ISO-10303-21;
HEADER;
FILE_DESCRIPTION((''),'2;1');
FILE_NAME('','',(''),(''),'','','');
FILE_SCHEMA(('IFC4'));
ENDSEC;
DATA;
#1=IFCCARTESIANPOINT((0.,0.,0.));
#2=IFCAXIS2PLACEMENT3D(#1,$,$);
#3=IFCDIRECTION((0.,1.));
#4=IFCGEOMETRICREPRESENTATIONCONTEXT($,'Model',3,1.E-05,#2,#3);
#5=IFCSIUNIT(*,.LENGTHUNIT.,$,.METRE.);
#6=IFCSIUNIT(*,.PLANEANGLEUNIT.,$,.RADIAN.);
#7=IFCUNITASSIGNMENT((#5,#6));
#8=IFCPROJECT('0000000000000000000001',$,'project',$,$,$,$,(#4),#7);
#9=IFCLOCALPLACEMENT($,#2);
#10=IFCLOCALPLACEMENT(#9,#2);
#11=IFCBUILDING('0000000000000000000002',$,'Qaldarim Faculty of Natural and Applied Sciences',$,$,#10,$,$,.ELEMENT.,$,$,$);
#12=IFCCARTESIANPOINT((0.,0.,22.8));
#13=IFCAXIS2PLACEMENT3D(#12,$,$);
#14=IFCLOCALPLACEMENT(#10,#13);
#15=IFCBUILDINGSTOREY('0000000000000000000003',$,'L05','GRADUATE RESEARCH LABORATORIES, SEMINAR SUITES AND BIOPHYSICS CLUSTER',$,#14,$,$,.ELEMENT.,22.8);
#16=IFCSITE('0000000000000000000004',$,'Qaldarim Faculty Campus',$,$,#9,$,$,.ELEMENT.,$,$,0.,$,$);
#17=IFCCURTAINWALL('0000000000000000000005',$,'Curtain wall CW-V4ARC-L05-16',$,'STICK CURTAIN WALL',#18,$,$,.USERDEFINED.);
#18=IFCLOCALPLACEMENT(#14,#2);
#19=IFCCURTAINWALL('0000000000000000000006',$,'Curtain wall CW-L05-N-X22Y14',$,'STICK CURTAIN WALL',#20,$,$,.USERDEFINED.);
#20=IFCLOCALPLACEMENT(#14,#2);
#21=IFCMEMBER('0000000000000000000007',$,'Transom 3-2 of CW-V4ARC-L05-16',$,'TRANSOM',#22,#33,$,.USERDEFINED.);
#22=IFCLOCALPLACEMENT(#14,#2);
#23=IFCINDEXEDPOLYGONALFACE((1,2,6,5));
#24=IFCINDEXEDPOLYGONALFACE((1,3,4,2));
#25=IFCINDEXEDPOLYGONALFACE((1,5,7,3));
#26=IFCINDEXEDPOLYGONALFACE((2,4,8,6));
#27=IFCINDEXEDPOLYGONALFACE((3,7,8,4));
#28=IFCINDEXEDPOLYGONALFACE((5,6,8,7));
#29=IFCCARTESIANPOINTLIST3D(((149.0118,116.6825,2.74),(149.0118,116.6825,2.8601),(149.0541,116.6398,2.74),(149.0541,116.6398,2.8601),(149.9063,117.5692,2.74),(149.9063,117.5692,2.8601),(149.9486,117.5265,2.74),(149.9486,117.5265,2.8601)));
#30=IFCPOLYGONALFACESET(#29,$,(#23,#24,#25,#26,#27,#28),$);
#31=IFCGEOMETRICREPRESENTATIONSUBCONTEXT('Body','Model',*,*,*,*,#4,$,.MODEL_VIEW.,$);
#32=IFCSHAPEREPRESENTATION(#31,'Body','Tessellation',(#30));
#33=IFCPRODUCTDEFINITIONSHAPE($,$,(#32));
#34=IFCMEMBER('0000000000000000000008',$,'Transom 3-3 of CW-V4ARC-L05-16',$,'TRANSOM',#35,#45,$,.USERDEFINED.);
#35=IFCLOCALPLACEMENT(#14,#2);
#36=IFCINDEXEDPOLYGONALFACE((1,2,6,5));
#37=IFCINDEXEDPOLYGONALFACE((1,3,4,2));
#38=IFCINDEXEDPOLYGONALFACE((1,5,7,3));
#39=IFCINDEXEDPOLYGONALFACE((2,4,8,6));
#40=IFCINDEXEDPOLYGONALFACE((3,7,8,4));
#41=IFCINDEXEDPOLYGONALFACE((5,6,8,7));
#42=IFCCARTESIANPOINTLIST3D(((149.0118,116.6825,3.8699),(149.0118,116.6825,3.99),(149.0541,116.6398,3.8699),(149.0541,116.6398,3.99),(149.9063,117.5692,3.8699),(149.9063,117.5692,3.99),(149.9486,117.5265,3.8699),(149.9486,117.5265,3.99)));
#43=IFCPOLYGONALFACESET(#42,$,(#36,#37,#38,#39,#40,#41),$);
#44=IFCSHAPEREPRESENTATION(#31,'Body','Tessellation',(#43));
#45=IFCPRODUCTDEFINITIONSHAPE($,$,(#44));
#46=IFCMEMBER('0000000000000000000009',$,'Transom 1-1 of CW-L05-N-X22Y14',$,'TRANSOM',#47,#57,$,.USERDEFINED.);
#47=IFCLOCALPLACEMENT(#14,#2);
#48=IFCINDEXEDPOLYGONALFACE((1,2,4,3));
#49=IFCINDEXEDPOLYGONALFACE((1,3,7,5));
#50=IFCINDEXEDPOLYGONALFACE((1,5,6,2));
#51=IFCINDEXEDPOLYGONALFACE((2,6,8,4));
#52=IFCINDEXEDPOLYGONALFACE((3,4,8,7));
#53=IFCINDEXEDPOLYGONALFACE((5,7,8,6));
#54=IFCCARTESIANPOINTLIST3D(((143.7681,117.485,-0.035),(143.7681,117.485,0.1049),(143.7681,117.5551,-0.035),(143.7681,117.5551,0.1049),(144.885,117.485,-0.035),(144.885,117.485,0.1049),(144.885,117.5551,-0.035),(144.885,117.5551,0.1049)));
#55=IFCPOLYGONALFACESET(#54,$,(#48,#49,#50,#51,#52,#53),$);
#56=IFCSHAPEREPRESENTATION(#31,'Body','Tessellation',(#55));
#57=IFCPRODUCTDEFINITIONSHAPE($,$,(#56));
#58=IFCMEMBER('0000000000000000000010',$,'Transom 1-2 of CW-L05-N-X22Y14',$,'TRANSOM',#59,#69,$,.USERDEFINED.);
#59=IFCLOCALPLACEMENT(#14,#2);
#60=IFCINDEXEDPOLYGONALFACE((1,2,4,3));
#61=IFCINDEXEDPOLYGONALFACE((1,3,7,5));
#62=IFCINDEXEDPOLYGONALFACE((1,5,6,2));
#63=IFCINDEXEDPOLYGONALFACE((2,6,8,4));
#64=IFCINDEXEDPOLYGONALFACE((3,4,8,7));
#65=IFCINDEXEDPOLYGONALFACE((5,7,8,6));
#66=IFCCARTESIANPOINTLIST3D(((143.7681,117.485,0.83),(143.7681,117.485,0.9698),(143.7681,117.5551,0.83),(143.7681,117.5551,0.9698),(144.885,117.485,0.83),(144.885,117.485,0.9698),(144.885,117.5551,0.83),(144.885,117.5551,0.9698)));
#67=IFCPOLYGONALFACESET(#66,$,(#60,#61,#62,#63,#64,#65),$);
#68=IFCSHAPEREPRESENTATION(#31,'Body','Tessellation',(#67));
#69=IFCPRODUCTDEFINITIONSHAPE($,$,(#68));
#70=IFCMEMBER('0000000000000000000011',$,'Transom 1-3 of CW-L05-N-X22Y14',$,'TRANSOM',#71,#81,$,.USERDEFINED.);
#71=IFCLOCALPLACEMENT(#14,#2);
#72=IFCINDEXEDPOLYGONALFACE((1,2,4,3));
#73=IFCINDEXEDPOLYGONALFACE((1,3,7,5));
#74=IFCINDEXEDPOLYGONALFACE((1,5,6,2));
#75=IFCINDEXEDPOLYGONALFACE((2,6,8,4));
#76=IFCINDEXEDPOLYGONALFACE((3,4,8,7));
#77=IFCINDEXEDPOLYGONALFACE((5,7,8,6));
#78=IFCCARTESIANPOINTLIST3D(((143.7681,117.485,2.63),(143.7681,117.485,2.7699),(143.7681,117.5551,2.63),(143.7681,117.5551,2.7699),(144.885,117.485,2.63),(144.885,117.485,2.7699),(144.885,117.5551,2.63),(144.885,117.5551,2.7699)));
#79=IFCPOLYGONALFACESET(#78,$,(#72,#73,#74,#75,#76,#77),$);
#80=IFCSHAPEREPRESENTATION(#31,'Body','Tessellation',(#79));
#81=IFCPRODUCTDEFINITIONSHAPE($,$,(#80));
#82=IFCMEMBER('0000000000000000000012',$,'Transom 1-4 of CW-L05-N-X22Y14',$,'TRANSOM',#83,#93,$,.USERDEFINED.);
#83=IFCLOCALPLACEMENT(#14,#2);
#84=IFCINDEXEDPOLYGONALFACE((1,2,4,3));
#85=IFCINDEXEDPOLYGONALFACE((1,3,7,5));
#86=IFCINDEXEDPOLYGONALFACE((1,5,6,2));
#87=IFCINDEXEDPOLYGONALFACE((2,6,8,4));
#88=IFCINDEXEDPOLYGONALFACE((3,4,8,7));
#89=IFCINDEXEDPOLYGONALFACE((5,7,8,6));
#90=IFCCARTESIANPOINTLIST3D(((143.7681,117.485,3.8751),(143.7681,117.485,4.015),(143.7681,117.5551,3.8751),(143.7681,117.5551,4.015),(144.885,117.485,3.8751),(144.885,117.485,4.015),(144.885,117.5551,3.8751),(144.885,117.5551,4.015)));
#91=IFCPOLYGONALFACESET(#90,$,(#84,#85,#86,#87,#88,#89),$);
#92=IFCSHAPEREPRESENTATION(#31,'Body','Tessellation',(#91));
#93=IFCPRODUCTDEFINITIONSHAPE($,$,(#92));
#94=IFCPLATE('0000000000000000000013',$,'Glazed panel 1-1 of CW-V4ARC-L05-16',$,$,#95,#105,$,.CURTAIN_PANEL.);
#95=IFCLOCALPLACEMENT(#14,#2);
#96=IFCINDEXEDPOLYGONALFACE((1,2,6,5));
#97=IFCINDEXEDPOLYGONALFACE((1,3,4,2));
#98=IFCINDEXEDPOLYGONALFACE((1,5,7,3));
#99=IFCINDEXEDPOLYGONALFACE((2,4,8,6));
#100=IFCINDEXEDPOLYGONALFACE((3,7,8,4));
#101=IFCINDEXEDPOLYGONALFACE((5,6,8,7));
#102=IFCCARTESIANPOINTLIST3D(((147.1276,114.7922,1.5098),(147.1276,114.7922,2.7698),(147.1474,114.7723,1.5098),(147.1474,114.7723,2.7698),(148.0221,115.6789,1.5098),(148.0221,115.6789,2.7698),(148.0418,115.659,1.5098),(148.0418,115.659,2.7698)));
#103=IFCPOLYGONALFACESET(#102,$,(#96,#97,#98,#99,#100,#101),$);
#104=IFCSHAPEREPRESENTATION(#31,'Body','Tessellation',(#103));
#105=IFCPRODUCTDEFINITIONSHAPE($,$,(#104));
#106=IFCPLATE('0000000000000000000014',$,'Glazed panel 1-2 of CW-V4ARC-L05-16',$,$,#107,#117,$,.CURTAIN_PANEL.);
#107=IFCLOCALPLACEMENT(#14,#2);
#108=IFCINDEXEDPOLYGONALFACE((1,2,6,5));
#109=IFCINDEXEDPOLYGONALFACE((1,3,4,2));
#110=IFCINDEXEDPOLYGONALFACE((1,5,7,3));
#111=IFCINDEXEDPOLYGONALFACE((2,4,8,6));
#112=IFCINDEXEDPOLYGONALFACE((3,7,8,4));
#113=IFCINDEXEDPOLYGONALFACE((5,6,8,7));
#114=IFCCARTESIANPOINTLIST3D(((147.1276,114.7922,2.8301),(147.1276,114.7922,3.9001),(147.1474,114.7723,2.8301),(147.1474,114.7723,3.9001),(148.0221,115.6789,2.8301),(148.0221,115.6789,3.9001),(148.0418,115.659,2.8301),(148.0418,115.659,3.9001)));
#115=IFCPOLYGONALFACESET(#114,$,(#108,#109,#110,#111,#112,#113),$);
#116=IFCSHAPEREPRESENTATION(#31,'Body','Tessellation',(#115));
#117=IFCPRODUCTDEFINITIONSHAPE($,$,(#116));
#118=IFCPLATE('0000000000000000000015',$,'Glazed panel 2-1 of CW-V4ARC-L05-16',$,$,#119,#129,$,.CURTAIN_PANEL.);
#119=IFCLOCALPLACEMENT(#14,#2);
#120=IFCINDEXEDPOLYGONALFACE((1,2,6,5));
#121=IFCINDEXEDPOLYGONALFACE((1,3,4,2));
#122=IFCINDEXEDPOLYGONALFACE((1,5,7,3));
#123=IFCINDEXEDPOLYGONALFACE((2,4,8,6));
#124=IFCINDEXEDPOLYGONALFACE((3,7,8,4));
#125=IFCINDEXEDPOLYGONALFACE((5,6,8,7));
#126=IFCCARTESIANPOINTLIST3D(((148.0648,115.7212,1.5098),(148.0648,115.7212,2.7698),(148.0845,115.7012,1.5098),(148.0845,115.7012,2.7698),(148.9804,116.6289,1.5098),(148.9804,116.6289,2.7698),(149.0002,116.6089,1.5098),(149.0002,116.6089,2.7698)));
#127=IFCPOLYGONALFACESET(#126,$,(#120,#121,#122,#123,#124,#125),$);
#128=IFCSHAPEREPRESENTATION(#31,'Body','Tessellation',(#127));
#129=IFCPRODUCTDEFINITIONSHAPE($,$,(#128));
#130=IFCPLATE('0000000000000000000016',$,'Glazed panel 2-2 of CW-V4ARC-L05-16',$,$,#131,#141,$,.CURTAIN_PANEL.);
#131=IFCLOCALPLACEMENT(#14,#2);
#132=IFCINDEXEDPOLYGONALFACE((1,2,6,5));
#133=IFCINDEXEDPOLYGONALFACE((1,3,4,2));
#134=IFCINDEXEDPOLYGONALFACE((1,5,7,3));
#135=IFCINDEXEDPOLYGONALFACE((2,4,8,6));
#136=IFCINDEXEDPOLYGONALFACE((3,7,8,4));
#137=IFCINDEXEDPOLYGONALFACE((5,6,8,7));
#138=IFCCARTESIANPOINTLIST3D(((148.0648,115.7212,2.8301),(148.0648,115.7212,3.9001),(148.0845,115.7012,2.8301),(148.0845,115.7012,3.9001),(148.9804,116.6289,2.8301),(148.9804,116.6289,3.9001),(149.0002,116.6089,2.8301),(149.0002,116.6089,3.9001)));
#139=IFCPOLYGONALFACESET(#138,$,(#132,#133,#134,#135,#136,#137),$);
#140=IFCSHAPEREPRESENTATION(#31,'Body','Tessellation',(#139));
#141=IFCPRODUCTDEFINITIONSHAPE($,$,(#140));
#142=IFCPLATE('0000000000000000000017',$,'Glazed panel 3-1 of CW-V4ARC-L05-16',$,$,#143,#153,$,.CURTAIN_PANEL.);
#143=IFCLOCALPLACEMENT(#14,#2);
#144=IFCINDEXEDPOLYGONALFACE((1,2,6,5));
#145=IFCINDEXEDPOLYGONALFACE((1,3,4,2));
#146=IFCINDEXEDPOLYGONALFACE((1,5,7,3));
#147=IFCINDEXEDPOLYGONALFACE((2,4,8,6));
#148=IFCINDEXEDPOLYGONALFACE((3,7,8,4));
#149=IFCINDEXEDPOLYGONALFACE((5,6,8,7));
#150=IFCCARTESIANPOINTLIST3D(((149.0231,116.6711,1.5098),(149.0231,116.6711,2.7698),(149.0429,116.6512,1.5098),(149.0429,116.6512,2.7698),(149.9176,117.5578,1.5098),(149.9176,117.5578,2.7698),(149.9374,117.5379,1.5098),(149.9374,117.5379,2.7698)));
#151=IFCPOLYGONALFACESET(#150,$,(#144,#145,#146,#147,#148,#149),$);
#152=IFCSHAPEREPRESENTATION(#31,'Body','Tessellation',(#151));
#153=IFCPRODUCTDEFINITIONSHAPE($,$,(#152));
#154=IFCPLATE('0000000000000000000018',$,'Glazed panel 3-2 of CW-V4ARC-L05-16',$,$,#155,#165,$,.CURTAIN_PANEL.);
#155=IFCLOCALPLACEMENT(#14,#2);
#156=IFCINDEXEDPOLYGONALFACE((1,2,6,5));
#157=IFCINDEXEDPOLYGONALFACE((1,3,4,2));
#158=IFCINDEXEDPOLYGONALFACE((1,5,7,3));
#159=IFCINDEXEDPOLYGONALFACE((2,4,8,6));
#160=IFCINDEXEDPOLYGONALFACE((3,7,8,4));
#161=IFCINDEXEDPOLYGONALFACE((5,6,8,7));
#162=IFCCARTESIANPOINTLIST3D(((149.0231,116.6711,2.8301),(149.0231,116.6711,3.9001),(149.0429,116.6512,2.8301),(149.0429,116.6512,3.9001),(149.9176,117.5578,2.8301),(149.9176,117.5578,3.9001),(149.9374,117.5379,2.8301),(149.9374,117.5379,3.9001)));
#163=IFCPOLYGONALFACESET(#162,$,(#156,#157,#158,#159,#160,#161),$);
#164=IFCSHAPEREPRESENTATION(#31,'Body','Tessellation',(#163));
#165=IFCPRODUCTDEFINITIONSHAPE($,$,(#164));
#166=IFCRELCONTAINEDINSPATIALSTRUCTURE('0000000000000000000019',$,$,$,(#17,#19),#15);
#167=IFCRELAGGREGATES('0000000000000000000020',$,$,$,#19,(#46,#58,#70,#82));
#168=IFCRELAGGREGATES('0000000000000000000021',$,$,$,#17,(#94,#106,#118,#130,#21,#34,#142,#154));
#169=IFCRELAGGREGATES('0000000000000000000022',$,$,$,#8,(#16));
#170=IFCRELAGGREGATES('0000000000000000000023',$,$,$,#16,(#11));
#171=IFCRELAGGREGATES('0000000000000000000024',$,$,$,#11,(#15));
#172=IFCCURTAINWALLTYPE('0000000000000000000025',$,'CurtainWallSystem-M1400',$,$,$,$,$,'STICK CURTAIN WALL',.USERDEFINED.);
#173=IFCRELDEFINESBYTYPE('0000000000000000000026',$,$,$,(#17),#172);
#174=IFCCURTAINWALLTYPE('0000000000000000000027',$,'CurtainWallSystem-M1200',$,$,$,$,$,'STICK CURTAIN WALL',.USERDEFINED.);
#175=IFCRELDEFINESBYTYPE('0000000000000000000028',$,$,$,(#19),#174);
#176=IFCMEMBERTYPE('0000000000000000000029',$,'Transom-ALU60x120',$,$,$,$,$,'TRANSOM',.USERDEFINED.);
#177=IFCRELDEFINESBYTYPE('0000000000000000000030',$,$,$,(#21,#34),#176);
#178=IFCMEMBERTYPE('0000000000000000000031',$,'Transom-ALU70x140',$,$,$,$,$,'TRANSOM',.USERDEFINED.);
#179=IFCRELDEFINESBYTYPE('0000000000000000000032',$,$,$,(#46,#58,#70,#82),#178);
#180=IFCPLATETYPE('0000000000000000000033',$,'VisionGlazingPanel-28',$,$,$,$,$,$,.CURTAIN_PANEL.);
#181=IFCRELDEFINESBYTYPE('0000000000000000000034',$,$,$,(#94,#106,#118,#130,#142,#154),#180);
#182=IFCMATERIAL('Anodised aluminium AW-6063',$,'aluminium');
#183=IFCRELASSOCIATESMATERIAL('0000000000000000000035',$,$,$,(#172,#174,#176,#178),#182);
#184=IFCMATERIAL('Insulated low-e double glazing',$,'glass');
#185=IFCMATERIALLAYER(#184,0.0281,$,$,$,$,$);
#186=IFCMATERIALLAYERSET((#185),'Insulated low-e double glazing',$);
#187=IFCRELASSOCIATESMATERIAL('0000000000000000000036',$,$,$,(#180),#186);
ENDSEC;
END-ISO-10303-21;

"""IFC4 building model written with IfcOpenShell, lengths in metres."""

from ifc_helpers import new_model, si_unit, direction, frame, origin, origin_2d, place, context, subcontext, project, spatial, rectangle, extrude, material, layer, layer_set, material_profile, profile_set, type_object, element, aggregate, save


model = new_model("IFC4")

# Units and contexts
model_context = context("Model", 3, precision=1e-05, world=origin(), true_north=direction((0.0, 1.0)))
body_context = subcontext(model_context, "Body", "Model", "MODEL_VIEW")
ifc_project = project(units=[si_unit("LENGTHUNIT", "METRE"), si_unit("PLANEANGLEUNIT", "RADIAN")], contexts=[model_context])

# Site, building, storey
site_placement = place(None, origin())
site = spatial("IfcSite", under=ifc_project, at=site_placement, Name="Qaldarim Faculty Campus", CompositionType="ELEMENT", RefElevation=0.0)
building_placement = place(site_placement, origin())
building = spatial("IfcBuilding", under=site, at=building_placement, Name="Qaldarim Faculty of Natural and Applied Sciences", CompositionType="ELEMENT")
storey_placement = place(building_placement, frame((0.0, 0.0, 22.8)))
storey = spatial("IfcBuildingStorey", under=building, at=storey_placement, Name="L05", Description="GRADUATE RESEARCH LABORATORIES, SEMINAR SUITES AND BIOPHYSICS CLUSTER", CompositionType="ELEMENT", Elevation=22.8)

# Curtain wall
ifc_material_1 = material(Name="Anodised aluminium AW-6063", Category="aluminium")
curtain_wall_type_1 = type_object("IfcCurtainWallType", Name="CurtainWallSystem-M1400", ElementType="STICK CURTAIN WALL", PredefinedType="USERDEFINED", material=ifc_material_1)
curtain_wall_1_placement = place(storey_placement, origin())
curtain_wall_1 = element("IfcCurtainWall", 1, at=curtain_wall_1_placement, inside=storey, type_object=curtain_wall_type_1, Name="Curtain wall CW-V4ARC-L05-16", ObjectType="STICK CURTAIN WALL", PredefinedType="USERDEFINED")

# Curtain wall
curtain_wall_type_2 = type_object("IfcCurtainWallType", Name="CurtainWallSystem-M1200", ElementType="STICK CURTAIN WALL", PredefinedType="USERDEFINED", material=ifc_material_1)
curtain_wall_2_placement = place(storey_placement, origin())
curtain_wall_2 = element("IfcCurtainWall", 2, at=curtain_wall_2_placement, inside=storey, type_object=curtain_wall_type_2, Name="Curtain wall CW-L05-N-X22Y14", ObjectType="STICK CURTAIN WALL", PredefinedType="USERDEFINED")

# Members
ifc_material_profile_1 = material_profile(ifc_material_1, rectangle(XDim=0.0601, YDim=0.1201, at=origin_2d()), Name="ALU-T60x120")
ifc_profile_set_1 = profile_set([ifc_material_profile_1], Name="Anodised aluminium AW-6063")
member_type_1 = type_object("IfcMemberType", Name="Transom-ALU60x120", ElementType="TRANSOM", PredefinedType="USERDEFINED", material=ifc_profile_set_1)
member_1_placement = place(storey_placement, frame((149.033, 116.6611, 2.8), z_axis=(0.710201, 0.703999, 0.0), x_axis=(-0.703999, 0.710201, 0.0)))
member_1 = element("IfcMember", 3, at=member_1_placement, type_object=member_type_1, Name="Transom 3-2 of CW-V4ARC-L05-16", ObjectType="TRANSOM", PredefinedType="USERDEFINED", context=body_context, shape_type="SweptSolid", body=[
    extrude(rectangle(XDim=0.0601, YDim=0.1201, at=origin_2d()), origin(), (0.0, 0.0, 1.0), 1.2595),
])
member_2_placement = place(storey_placement, frame((149.033, 116.6611, 3.9299), z_axis=(0.710201, 0.703999, 0.0), x_axis=(-0.703999, 0.710201, 0.0)))
member_2 = element("IfcMember", 4, at=member_2_placement, type_object=member_type_1, Name="Transom 3-3 of CW-V4ARC-L05-16", ObjectType="TRANSOM", PredefinedType="USERDEFINED", context=body_context, shape_type="SweptSolid", body=[
    extrude(rectangle(XDim=0.0601, YDim=0.1201, at=origin_2d()), origin(), (0.0, 0.0, 1.0), 1.2595),
])
ifc_material_profile_2 = material_profile(ifc_material_1, rectangle(XDim=0.0701, YDim=0.1399, at=origin_2d()), Name="ALU-T70x140")
ifc_profile_set_2 = profile_set([ifc_material_profile_2], Name="Anodised aluminium AW-6063")
member_type_2 = type_object("IfcMemberType", Name="Transom-ALU70x140", ElementType="TRANSOM", PredefinedType="USERDEFINED", material=ifc_profile_set_2)
member_3_placement = place(storey_placement, frame((144.885, 117.52, 0.0349), z_axis=(-1.0, 0.0, 0.0), x_axis=(0.0, -1.0, 0.0)))
member_3 = element("IfcMember", 5, at=member_3_placement, type_object=member_type_2, Name="Transom 1-1 of CW-L05-N-X22Y14", ObjectType="TRANSOM", PredefinedType="USERDEFINED", context=body_context, shape_type="SweptSolid", body=[
    extrude(rectangle(XDim=0.0701, YDim=0.1399, at=origin_2d()), origin(), (0.0, 0.0, 1.0), 1.1169),
])
member_4_placement = place(storey_placement, frame((144.885, 117.52, 0.8999), z_axis=(-1.0, 0.0, 0.0), x_axis=(0.0, -1.0, 0.0)))
member_4 = element("IfcMember", 6, at=member_4_placement, type_object=member_type_2, Name="Transom 1-2 of CW-L05-N-X22Y14", ObjectType="TRANSOM", PredefinedType="USERDEFINED", context=body_context, shape_type="SweptSolid", body=[
    extrude(rectangle(XDim=0.0701, YDim=0.1399, at=origin_2d()), origin(), (0.0, 0.0, 1.0), 1.1169),
])
member_5_placement = place(storey_placement, frame((144.885, 117.52, 2.7), z_axis=(-1.0, 0.0, 0.0), x_axis=(0.0, -1.0, 0.0)))
member_5 = element("IfcMember", 7, at=member_5_placement, type_object=member_type_2, Name="Transom 1-3 of CW-L05-N-X22Y14", ObjectType="TRANSOM", PredefinedType="USERDEFINED", context=body_context, shape_type="SweptSolid", body=[
    extrude(rectangle(XDim=0.0701, YDim=0.1399, at=origin_2d()), origin(), (0.0, 0.0, 1.0), 1.1169),
])
member_6_placement = place(storey_placement, frame((144.885, 117.52, 3.9451), z_axis=(-1.0, 0.0, 0.0), x_axis=(0.0, -1.0, 0.0)))
member_6 = element("IfcMember", 8, at=member_6_placement, type_object=member_type_2, Name="Transom 1-4 of CW-L05-N-X22Y14", ObjectType="TRANSOM", PredefinedType="USERDEFINED", context=body_context, shape_type="SweptSolid", body=[
    extrude(rectangle(XDim=0.0701, YDim=0.1399, at=origin_2d()), origin(), (0.0, 0.0, 1.0), 1.1169),
])
aggregate(curtain_wall_2, [member_3, member_4, member_5, member_6])

# Plates
ifc_material_2 = material(Name="Insulated low-e double glazing", Category="glass")
ifc_layer_1 = layer(ifc_material_2, 0.0281)
ifc_layer_set_1 = layer_set([ifc_layer_1], Name="Insulated low-e double glazing")
plate_type = type_object("IfcPlateType", Name="VisionGlazingPanel-28", PredefinedType="CURTAIN_PANEL", material=ifc_layer_set_1)
plate_1_placement = place(storey_placement, frame((147.5847, 115.2256, 1.5098), z_axis=(0.0, 0.0, 1.0), x_axis=(0.710185, 0.704015, 0.0)))
plate_1 = element("IfcPlate", 9, at=plate_1_placement, type_object=plate_type, Name="Glazed panel 1-1 of CW-V4ARC-L05-16", PredefinedType="CURTAIN_PANEL", context=body_context, shape_type="SweptSolid", body=[
    extrude(rectangle(XDim=1.2595, YDim=0.0281, at=origin_2d()), origin(), (0.0, 0.0, 1.0), 1.26),
])
plate_2_placement = place(storey_placement, frame((147.5847, 115.2256, 2.8301), z_axis=(0.0, 0.0, 1.0), x_axis=(0.710185, 0.704015, 0.0)))
plate_2 = element("IfcPlate", 10, at=plate_2_placement, type_object=plate_type, Name="Glazed panel 1-2 of CW-V4ARC-L05-16", PredefinedType="CURTAIN_PANEL", context=body_context, shape_type="SweptSolid", body=[
    extrude(rectangle(XDim=1.2595, YDim=0.0281, at=origin_2d()), origin(), (0.0, 0.0, 1.0), 1.0701),
])
plate_3_placement = place(storey_placement, frame((148.5325, 116.165, 1.5098), z_axis=(0.0, 0.0, 1.0), x_axis=(0.710185, 0.704015, 0.0)))
plate_3 = element("IfcPlate", 11, at=plate_3_placement, type_object=plate_type, Name="Glazed panel 2-1 of CW-V4ARC-L05-16", PredefinedType="CURTAIN_PANEL", context=body_context, shape_type="SweptSolid", body=[
    extrude(rectangle(XDim=1.2893, YDim=0.0281, at=origin_2d()), origin(), (0.0, 0.0, 1.0), 1.26),
])
plate_4_placement = place(storey_placement, frame((148.5325, 116.165, 2.8301), z_axis=(0.0, 0.0, 1.0), x_axis=(0.710185, 0.704015, 0.0)))
plate_4 = element("IfcPlate", 12, at=plate_4_placement, type_object=plate_type, Name="Glazed panel 2-2 of CW-V4ARC-L05-16", PredefinedType="CURTAIN_PANEL", context=body_context, shape_type="SweptSolid", body=[
    extrude(rectangle(XDim=1.2893, YDim=0.0281, at=origin_2d()), origin(), (0.0, 0.0, 1.0), 1.0701),
])
plate_5_placement = place(storey_placement, frame((149.4802, 117.1045, 1.5098), z_axis=(0.0, 0.0, 1.0), x_axis=(0.710185, 0.704015, 0.0)))
plate_5 = element("IfcPlate", 13, at=plate_5_placement, type_object=plate_type, Name="Glazed panel 3-1 of CW-V4ARC-L05-16", PredefinedType="CURTAIN_PANEL", context=body_context, shape_type="SweptSolid", body=[
    extrude(rectangle(XDim=1.2595, YDim=0.0281, at=origin_2d()), origin(), (0.0, 0.0, 1.0), 1.26),
])
plate_6_placement = place(storey_placement, frame((149.4802, 117.1045, 2.8301), z_axis=(0.0, 0.0, 1.0), x_axis=(0.710185, 0.704015, 0.0)))
plate_6 = element("IfcPlate", 14, at=plate_6_placement, type_object=plate_type, Name="Glazed panel 3-2 of CW-V4ARC-L05-16", PredefinedType="CURTAIN_PANEL", context=body_context, shape_type="SweptSolid", body=[
    extrude(rectangle(XDim=1.2595, YDim=0.0281, at=origin_2d()), origin(), (0.0, 0.0, 1.0), 1.0701),
])
aggregate(curtain_wall_1, [plate_1, plate_2, plate_3, plate_4, member_1, member_2, plate_5, plate_6])

save(model, "model.ifc")
